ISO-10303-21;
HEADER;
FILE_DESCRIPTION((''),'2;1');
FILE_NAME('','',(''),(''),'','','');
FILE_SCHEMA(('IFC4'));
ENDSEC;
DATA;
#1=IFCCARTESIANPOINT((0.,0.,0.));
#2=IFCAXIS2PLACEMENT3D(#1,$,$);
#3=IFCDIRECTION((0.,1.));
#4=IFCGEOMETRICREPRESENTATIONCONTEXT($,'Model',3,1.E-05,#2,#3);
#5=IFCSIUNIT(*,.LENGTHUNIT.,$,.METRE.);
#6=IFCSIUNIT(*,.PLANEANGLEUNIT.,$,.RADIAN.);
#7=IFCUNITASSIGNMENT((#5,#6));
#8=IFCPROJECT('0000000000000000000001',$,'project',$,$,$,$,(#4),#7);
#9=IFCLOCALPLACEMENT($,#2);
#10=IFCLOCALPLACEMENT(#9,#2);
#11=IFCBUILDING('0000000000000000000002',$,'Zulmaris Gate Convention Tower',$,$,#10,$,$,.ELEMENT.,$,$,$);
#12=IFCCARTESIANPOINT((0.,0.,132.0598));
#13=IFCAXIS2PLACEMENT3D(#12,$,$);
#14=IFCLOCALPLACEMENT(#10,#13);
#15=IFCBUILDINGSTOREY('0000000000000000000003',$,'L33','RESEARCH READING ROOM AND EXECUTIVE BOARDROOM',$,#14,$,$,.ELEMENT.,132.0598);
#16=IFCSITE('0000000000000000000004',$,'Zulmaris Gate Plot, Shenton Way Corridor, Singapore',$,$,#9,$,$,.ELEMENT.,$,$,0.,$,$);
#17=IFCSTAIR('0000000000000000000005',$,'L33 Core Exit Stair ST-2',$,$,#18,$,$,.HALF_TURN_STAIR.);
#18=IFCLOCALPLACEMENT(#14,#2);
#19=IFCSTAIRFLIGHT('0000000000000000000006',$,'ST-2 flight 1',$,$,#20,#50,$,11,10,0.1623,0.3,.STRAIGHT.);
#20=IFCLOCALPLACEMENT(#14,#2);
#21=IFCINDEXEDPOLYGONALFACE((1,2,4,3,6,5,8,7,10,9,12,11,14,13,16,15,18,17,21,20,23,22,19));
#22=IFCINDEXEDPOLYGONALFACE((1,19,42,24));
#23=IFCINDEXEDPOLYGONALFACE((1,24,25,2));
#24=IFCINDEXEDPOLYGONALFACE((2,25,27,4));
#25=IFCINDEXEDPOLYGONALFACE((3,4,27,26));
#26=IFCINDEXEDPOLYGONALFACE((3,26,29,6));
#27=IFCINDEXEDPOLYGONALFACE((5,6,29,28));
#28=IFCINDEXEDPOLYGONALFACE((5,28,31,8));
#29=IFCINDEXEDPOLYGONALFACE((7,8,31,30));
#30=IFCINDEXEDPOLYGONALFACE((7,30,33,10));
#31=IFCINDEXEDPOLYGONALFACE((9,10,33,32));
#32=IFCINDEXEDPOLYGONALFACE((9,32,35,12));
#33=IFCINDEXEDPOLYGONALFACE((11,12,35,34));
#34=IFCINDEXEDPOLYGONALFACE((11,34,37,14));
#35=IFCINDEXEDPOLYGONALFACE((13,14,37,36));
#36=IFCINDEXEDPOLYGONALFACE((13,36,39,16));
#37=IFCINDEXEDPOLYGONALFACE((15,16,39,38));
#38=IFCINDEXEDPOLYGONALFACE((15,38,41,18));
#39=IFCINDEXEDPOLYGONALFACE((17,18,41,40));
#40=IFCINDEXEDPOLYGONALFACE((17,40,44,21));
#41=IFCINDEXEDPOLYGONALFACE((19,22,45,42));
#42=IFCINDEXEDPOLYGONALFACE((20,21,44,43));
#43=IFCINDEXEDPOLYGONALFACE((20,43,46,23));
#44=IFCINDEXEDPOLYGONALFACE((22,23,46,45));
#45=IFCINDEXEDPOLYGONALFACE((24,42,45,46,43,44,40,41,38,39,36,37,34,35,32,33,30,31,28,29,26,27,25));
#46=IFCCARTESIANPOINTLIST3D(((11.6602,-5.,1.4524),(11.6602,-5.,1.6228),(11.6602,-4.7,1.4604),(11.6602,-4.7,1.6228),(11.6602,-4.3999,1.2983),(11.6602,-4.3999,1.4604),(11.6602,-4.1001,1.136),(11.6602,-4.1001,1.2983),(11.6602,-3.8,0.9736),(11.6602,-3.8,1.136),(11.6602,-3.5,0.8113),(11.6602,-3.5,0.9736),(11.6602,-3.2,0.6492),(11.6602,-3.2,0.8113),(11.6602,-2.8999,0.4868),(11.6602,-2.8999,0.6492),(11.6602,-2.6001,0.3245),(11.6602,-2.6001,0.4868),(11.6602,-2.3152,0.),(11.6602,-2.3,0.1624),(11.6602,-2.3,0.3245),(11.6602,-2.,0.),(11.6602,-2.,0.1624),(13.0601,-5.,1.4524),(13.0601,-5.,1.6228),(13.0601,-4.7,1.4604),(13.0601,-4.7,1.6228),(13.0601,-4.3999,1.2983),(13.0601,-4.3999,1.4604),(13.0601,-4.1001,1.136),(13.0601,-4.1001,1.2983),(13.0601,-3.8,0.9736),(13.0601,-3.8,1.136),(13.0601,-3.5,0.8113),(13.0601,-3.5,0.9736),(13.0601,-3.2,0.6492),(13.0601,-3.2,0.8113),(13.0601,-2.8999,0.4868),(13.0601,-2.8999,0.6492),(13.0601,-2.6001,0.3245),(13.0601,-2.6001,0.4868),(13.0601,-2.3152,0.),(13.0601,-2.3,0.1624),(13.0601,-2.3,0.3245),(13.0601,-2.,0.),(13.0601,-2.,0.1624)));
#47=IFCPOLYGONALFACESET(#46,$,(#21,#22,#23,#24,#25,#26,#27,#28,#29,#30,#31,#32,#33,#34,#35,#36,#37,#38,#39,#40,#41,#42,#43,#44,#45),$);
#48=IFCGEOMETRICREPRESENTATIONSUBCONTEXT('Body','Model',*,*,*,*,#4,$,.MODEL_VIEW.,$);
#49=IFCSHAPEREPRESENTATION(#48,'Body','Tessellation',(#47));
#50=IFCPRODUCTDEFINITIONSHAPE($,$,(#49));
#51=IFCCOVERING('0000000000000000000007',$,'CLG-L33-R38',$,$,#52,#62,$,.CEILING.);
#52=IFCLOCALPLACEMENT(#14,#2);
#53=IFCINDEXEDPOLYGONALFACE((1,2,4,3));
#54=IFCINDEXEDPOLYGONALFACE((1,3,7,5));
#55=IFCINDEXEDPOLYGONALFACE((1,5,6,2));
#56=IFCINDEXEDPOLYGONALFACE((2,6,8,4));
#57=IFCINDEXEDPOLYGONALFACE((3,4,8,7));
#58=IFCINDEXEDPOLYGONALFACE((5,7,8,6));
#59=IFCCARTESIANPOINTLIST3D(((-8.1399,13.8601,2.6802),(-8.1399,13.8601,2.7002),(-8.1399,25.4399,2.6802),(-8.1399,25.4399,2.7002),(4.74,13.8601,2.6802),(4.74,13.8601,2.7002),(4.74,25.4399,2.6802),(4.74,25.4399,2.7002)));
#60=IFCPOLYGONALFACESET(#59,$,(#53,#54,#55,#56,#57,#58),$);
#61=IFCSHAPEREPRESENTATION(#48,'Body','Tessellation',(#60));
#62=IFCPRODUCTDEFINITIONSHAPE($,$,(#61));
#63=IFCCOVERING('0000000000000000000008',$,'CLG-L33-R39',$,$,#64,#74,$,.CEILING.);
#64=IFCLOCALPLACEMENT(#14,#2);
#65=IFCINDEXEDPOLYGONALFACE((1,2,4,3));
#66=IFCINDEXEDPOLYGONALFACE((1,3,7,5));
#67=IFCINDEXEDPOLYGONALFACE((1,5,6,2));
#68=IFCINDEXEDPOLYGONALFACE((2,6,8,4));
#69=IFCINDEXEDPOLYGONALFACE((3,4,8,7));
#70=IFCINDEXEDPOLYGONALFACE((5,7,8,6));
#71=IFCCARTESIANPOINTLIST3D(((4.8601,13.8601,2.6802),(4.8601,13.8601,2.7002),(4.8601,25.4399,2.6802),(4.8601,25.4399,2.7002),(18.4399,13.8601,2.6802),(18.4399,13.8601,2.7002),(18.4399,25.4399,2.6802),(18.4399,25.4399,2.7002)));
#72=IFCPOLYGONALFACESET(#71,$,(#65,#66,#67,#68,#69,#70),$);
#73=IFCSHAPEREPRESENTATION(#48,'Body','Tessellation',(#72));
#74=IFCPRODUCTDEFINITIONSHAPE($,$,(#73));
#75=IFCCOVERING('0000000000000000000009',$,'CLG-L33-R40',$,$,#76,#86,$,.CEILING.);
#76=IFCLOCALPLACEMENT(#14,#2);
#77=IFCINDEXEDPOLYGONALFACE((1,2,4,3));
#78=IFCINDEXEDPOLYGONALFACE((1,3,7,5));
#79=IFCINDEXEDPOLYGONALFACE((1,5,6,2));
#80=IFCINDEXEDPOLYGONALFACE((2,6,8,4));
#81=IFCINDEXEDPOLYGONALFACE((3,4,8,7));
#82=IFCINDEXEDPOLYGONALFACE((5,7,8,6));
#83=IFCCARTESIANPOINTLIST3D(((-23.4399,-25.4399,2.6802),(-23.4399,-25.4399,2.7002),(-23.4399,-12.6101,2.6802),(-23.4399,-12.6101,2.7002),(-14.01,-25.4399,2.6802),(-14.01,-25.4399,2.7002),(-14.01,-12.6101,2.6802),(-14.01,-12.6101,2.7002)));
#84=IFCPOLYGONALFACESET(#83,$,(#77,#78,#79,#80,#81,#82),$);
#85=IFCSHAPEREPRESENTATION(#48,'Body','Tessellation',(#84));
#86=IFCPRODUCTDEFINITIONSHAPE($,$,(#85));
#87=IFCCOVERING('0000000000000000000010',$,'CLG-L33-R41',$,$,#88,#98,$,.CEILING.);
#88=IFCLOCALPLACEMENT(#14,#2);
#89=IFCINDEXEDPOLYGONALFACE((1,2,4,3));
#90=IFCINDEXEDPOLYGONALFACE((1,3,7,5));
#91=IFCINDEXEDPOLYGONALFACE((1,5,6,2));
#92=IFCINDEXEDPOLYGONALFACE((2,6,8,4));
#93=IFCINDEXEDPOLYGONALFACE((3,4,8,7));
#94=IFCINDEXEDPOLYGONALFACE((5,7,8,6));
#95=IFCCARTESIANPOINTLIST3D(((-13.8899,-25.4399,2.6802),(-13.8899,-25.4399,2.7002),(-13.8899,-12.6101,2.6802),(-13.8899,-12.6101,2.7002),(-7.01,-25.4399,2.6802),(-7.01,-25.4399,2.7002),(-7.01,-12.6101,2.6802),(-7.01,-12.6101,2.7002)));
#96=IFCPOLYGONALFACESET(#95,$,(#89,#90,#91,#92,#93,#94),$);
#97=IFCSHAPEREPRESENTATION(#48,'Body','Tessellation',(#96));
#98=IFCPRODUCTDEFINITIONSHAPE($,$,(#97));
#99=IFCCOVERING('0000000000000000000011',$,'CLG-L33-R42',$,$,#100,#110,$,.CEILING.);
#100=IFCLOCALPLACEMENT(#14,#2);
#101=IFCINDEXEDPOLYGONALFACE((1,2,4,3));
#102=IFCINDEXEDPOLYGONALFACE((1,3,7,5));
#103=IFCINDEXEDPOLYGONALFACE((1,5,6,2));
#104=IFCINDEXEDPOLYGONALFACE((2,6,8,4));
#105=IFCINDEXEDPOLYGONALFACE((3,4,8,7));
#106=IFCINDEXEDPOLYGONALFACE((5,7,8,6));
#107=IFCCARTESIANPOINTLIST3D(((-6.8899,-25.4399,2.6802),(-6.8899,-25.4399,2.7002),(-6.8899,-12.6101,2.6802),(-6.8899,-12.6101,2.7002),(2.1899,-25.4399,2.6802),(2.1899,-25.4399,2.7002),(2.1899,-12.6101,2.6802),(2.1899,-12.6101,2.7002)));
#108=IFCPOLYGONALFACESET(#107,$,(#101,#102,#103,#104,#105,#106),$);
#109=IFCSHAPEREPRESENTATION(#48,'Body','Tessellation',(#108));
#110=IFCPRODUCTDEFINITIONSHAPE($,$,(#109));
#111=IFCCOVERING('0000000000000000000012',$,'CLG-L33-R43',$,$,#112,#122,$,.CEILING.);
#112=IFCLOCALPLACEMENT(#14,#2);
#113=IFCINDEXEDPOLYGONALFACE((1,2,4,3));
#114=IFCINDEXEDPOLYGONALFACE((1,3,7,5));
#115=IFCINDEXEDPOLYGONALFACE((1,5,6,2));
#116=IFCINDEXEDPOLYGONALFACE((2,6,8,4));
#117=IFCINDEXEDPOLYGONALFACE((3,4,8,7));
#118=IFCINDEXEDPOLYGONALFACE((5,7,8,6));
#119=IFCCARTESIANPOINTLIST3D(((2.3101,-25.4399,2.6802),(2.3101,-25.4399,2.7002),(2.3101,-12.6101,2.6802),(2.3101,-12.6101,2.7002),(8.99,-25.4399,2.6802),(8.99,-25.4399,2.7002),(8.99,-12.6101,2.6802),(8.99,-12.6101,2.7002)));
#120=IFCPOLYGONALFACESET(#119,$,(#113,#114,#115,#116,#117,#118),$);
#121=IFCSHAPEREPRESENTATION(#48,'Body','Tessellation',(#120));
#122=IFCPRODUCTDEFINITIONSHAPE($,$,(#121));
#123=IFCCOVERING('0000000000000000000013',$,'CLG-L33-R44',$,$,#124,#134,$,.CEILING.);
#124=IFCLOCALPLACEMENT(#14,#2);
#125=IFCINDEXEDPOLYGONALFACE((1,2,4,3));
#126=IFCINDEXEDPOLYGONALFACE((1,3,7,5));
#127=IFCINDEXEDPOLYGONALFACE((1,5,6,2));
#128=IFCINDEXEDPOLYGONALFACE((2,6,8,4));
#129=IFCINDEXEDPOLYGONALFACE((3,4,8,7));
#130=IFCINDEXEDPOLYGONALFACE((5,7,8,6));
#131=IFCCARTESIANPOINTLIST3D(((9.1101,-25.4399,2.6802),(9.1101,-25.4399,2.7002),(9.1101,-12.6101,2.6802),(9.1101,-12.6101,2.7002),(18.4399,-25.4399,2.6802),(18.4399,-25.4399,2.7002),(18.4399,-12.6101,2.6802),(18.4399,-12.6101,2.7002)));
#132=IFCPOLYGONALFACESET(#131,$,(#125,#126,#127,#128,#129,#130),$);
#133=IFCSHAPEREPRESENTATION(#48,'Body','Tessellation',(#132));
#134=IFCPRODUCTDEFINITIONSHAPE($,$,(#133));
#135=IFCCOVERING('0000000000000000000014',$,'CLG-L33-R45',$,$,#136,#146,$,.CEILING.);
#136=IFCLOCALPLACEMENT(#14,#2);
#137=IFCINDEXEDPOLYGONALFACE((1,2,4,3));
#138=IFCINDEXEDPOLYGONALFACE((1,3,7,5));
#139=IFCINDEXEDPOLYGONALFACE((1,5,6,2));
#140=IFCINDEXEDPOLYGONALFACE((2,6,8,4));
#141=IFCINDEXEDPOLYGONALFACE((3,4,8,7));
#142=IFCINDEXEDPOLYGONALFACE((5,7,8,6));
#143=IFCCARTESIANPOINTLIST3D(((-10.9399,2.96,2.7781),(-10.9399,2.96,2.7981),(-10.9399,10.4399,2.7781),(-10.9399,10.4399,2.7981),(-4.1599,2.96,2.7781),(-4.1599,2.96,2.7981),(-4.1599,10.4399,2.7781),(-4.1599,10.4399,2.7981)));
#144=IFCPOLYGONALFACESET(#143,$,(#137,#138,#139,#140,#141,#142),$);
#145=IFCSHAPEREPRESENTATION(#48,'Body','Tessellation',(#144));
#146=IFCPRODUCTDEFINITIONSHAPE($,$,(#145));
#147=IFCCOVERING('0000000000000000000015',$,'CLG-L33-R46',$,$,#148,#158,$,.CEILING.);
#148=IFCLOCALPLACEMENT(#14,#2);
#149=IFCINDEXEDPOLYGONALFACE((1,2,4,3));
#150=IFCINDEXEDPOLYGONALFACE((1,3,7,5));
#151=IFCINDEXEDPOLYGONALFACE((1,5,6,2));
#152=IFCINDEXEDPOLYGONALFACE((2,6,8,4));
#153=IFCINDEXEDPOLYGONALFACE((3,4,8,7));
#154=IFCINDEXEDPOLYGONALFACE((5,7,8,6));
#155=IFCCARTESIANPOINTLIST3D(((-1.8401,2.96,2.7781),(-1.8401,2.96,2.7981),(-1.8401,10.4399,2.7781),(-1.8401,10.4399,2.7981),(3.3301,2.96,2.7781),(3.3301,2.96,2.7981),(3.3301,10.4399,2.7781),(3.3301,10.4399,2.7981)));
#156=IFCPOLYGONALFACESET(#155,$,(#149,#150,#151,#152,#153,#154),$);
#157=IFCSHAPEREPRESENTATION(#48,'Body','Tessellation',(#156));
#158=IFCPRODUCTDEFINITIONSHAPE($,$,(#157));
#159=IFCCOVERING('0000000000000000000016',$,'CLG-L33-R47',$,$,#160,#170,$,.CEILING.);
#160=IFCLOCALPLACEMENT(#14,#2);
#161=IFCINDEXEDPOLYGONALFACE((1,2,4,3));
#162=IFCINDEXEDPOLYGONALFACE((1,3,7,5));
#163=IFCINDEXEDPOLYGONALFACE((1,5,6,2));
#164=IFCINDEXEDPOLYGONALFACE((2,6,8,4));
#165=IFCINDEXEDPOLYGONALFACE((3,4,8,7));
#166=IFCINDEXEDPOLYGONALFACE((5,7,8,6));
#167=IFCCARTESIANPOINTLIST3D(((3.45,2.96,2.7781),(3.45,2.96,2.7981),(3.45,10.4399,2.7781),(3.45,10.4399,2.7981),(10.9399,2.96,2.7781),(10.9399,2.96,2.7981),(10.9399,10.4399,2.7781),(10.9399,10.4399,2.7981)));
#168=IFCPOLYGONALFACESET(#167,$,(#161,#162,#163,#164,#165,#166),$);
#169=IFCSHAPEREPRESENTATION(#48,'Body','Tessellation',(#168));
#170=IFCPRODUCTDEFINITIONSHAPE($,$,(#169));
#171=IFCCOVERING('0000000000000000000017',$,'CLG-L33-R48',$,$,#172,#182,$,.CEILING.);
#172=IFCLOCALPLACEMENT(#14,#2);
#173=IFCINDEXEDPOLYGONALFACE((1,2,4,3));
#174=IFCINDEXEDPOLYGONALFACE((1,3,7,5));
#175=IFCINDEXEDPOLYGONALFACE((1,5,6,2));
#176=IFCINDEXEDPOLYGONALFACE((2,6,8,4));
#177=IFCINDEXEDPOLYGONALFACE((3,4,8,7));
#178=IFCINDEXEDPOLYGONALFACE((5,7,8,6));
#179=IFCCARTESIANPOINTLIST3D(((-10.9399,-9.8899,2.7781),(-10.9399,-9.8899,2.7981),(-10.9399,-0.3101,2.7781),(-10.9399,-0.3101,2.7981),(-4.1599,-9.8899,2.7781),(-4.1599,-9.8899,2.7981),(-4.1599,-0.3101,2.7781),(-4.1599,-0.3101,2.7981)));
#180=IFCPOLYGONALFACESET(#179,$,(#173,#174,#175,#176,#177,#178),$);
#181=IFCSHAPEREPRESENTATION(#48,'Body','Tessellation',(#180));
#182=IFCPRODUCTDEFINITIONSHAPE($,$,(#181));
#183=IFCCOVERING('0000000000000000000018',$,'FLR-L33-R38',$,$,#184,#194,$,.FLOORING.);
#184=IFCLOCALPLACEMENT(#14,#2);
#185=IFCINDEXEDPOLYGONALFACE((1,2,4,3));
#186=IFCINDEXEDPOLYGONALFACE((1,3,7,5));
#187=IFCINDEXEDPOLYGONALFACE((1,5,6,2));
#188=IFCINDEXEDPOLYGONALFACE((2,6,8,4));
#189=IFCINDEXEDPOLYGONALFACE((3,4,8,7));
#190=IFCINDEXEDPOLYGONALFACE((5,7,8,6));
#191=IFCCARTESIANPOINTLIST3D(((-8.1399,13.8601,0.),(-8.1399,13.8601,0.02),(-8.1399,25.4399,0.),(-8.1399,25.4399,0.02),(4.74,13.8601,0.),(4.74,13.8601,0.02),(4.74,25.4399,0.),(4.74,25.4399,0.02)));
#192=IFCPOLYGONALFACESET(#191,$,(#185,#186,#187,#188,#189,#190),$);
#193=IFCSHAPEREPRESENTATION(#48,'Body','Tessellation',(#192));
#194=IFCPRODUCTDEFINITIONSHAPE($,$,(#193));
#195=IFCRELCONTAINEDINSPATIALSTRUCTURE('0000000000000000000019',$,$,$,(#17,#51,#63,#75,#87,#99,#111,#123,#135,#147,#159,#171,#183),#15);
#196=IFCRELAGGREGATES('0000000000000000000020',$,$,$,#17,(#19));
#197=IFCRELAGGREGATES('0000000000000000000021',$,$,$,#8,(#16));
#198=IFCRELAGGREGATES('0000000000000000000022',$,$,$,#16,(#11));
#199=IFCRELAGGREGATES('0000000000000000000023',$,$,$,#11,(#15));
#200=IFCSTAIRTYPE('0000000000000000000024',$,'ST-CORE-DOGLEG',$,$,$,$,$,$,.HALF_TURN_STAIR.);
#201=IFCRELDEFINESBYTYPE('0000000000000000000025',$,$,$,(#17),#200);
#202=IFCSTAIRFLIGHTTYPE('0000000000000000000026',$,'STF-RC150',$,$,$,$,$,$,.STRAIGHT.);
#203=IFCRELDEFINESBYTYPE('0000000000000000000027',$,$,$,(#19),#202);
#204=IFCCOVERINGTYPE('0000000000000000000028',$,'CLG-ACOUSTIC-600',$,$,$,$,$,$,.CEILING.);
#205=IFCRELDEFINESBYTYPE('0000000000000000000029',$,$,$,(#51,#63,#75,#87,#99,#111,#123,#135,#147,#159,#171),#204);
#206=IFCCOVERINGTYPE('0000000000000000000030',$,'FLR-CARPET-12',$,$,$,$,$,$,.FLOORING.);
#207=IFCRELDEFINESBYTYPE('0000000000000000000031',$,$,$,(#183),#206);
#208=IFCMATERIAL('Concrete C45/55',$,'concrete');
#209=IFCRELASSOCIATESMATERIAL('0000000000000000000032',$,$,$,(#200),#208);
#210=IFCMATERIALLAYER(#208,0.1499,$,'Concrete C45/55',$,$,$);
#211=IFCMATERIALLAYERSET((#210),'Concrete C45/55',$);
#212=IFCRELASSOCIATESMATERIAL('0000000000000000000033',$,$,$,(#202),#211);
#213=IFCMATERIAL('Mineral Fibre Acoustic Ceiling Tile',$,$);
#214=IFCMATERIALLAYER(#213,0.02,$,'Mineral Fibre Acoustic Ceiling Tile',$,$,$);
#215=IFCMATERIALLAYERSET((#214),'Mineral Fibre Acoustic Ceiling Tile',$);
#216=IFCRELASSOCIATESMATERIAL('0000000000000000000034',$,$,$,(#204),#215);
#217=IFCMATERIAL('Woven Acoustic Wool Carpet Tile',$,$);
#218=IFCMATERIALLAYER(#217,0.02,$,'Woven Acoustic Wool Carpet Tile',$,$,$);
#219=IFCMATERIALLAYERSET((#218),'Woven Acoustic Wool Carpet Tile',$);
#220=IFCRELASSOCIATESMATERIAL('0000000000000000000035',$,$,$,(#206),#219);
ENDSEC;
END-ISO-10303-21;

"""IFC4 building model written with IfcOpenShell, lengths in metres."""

from ifc_helpers import new_model, si_unit, direction, frame, origin, place, context, subcontext, project, spatial, polyline, outline, extrude, material, layer, layer_set, type_object, element, aggregate, save


model = new_model("IFC4")

# Units and contexts
model_context = context("Model", 3, precision=1e-05, world=origin(), true_north=direction((0.0, 1.0)))
body_context = subcontext(model_context, "Body", "Model", "MODEL_VIEW")
ifc_project = project(units=[si_unit("LENGTHUNIT", "METRE"), si_unit("PLANEANGLEUNIT", "RADIAN")], contexts=[model_context])

# Site, building, storey
site_placement = place(None, origin())
site = spatial("IfcSite", under=ifc_project, at=site_placement, Name="Zulmaris Gate Plot, Shenton Way Corridor, Singapore", CompositionType="ELEMENT", RefElevation=0.0)
building_placement = place(site_placement, origin())
building = spatial("IfcBuilding", under=site, at=building_placement, Name="Zulmaris Gate Convention Tower", CompositionType="ELEMENT")
storey_placement = place(building_placement, frame((0.0, 0.0, 132.0598)))
storey = spatial("IfcBuildingStorey", under=building, at=storey_placement, Name="L33", Description="RESEARCH READING ROOM AND EXECUTIVE BOARDROOM", CompositionType="ELEMENT", Elevation=132.0598)

# Stair, stair flight
ifc_material_1 = material(Name="Concrete C45/55", Category="concrete")
stair_type = type_object("IfcStairType", Name="ST-CORE-DOGLEG", PredefinedType="HALF_TURN_STAIR", material=ifc_material_1)
stair_placement = place(storey_placement, origin())
stair = element("IfcStair", 1, at=stair_placement, inside=storey, type_object=stair_type, Name="L33 Core Exit Stair ST-2", PredefinedType="HALF_TURN_STAIR")
ifc_layer_1 = layer(ifc_material_1, 0.1499, Name="Concrete C45/55")
ifc_layer_set_1 = layer_set([ifc_layer_1], Name="Concrete C45/55")
stair_flight_type = type_object("IfcStairFlightType", Name="STF-RC150", PredefinedType="STRAIGHT", material=ifc_layer_set_1)
stair_flight_placement = place(storey_placement, frame((12.3601, -2.0, 0.0), z_axis=(0.0, 0.0, 1.0), x_axis=(0.0, -1.0, 0.0)))
stair_flight = element("IfcStairFlight", 2, at=stair_flight_placement, type_object=stair_flight_type, Name="ST-2 flight 1", NumberOfRisers=11, NumberOfTreads=10, PredefinedType="STRAIGHT", RiserHeight=0.1623, TreadLength=0.3, context=body_context, shape_type="SweptSolid", body=[
    extrude(outline(polyline([(0.0, 0.0), (0.0, 0.1624), (0.3, 0.1624), (0.3, 0.3245), (0.6001, 0.3245), (0.6001, 0.4868), (0.8999, 0.4868), (0.8999, 0.6492), (1.2, 0.6492), (1.2, 0.8113), (1.5, 0.8113), (1.5, 0.9736), (1.8, 0.9736), (1.8, 1.136), (2.1001, 1.136), (2.1001, 1.2983), (2.3999, 1.2983), (2.3999, 1.4604), (2.7, 1.4604), (2.7, 1.6228), (3.0, 1.6228), (3.0, 1.7852), (3.0, 1.4524), (0.3152, 0.0), (0.0, 0.0)])), frame((0.0, 0.7, 0.0), z_axis=(0.0, -1.0, 0.0), x_axis=(1.0, 0.0, 0.0)), (0.0, 0.0, 1.0), 1.3999),
])
aggregate(stair, [stair_flight])

# Coverings
ifc_material_2 = material(Name="Mineral Fibre Acoustic Ceiling Tile")
ifc_layer_2 = layer(ifc_material_2, 0.02, Name="Mineral Fibre Acoustic Ceiling Tile")
ifc_layer_set_2 = layer_set([ifc_layer_2], Name="Mineral Fibre Acoustic Ceiling Tile")
covering_type_1 = type_object("IfcCoveringType", Name="CLG-ACOUSTIC-600", PredefinedType="CEILING", material=ifc_layer_set_2)
covering_1_placement = place(storey_placement, frame((0.0, 0.0, 2.6802)))
element("IfcCovering", 3, at=covering_1_placement, inside=storey, type_object=covering_type_1, Name="CLG-L33-R38", PredefinedType="CEILING", context=body_context, shape_type="SweptSolid", body=[
    extrude(outline(polyline([(-8.1399, 13.8601), (4.74, 13.8601), (4.74, 25.4399), (-8.1399, 25.4399), (-8.1399, 13.8601)])), origin(), (0.0, 0.0, 1.0), 0.02),
])
covering_2_placement = place(storey_placement, frame((0.0, 0.0, 2.6802)))
element("IfcCovering", 4, at=covering_2_placement, inside=storey, type_object=covering_type_1, Name="CLG-L33-R39", PredefinedType="CEILING", context=body_context, shape_type="SweptSolid", body=[
    extrude(outline(polyline([(4.8601, 13.8601), (18.4399, 13.8601), (18.4399, 25.4399), (4.8601, 25.4399), (4.8601, 13.8601)])), origin(), (0.0, 0.0, 1.0), 0.02),
])
covering_3_placement = place(storey_placement, frame((0.0, 0.0, 2.6802)))
element("IfcCovering", 5, at=covering_3_placement, inside=storey, type_object=covering_type_1, Name="CLG-L33-R40", PredefinedType="CEILING", context=body_context, shape_type="SweptSolid", body=[
    extrude(outline(polyline([(-23.4399, -25.4399), (-14.01, -25.4399), (-14.01, -12.6101), (-23.4399, -12.6101), (-23.4399, -25.4399)])), origin(), (0.0, 0.0, 1.0), 0.02),
])
covering_4_placement = place(storey_placement, frame((0.0, 0.0, 2.6802)))
element("IfcCovering", 6, at=covering_4_placement, inside=storey, type_object=covering_type_1, Name="CLG-L33-R41", PredefinedType="CEILING", context=body_context, shape_type="SweptSolid", body=[
    extrude(outline(polyline([(-13.8899, -25.4399), (-7.01, -25.4399), (-7.01, -12.6101), (-13.8899, -12.6101), (-13.8899, -25.4399)])), origin(), (0.0, 0.0, 1.0), 0.02),
])
covering_5_placement = place(storey_placement, frame((0.0, 0.0, 2.6802)))
element("IfcCovering", 7, at=covering_5_placement, inside=storey, type_object=covering_type_1, Name="CLG-L33-R42", PredefinedType="CEILING", context=body_context, shape_type="SweptSolid", body=[
    extrude(outline(polyline([(-6.8899, -25.4399), (2.1899, -25.4399), (2.1899, -12.6101), (-6.8899, -12.6101), (-6.8899, -25.4399)])), origin(), (0.0, 0.0, 1.0), 0.02),
])
covering_6_placement = place(storey_placement, frame((0.0, 0.0, 2.6802)))
element("IfcCovering", 8, at=covering_6_placement, inside=storey, type_object=covering_type_1, Name="CLG-L33-R43", PredefinedType="CEILING", context=body_context, shape_type="SweptSolid", body=[
    extrude(outline(polyline([(2.3101, -25.4399), (8.99, -25.4399), (8.99, -12.6101), (2.3101, -12.6101), (2.3101, -25.4399)])), origin(), (0.0, 0.0, 1.0), 0.02),
])
covering_7_placement = place(storey_placement, frame((0.0, 0.0, 2.6802)))
element("IfcCovering", 9, at=covering_7_placement, inside=storey, type_object=covering_type_1, Name="CLG-L33-R44", PredefinedType="CEILING", context=body_context, shape_type="SweptSolid", body=[
    extrude(outline(polyline([(9.1101, -25.4399), (18.4399, -25.4399), (18.4399, -12.6101), (9.1101, -12.6101), (9.1101, -25.4399)])), origin(), (0.0, 0.0, 1.0), 0.02),
])
covering_8_placement = place(storey_placement, frame((0.0, 0.0, 2.7781)))
element("IfcCovering", 10, at=covering_8_placement, inside=storey, type_object=covering_type_1, Name="CLG-L33-R45", PredefinedType="CEILING", context=body_context, shape_type="SweptSolid", body=[
    extrude(outline(polyline([(-10.9399, 2.96), (-4.1599, 2.96), (-4.1599, 10.4399), (-10.9399, 10.4399), (-10.9399, 2.96)])), origin(), (0.0, 0.0, 1.0), 0.02),
])
covering_9_placement = place(storey_placement, frame((0.0, 0.0, 2.7781)))
element("IfcCovering", 11, at=covering_9_placement, inside=storey, type_object=covering_type_1, Name="CLG-L33-R46", PredefinedType="CEILING", context=body_context, shape_type="SweptSolid", body=[
    extrude(outline(polyline([(-1.8401, 2.96), (3.3301, 2.96), (3.3301, 10.4399), (-1.8401, 10.4399), (-1.8401, 2.96)])), origin(), (0.0, 0.0, 1.0), 0.02),
])
covering_10_placement = place(storey_placement, frame((0.0, 0.0, 2.7781)))
element("IfcCovering", 12, at=covering_10_placement, inside=storey, type_object=covering_type_1, Name="CLG-L33-R47", PredefinedType="CEILING", context=body_context, shape_type="SweptSolid", body=[
    extrude(outline(polyline([(3.45, 2.96), (10.9399, 2.96), (10.9399, 10.4399), (3.45, 10.4399), (3.45, 2.96)])), origin(), (0.0, 0.0, 1.0), 0.02),
])
covering_11_placement = place(storey_placement, frame((0.0, 0.0, 2.7781)))
element("IfcCovering", 13, at=covering_11_placement, inside=storey, type_object=covering_type_1, Name="CLG-L33-R48", PredefinedType="CEILING", context=body_context, shape_type="SweptSolid", body=[
    extrude(outline(polyline([(-10.9399, -9.8899), (-4.1599, -9.8899), (-4.1599, -0.3101), (-10.9399, -0.3101), (-10.9399, -9.8899)])), origin(), (0.0, 0.0, 1.0), 0.02),
])
ifc_material_3 = material(Name="Woven Acoustic Wool Carpet Tile")
ifc_layer_3 = layer(ifc_material_3, 0.02, Name="Woven Acoustic Wool Carpet Tile")
ifc_layer_set_3 = layer_set([ifc_layer_3], Name="Woven Acoustic Wool Carpet Tile")
covering_type_2 = type_object("IfcCoveringType", Name="FLR-CARPET-12", PredefinedType="FLOORING", material=ifc_layer_set_3)
covering_12_placement = place(storey_placement, origin())
element("IfcCovering", 14, at=covering_12_placement, inside=storey, type_object=covering_type_2, Name="FLR-L33-R38", PredefinedType="FLOORING", context=body_context, shape_type="SweptSolid", body=[
    extrude(outline(polyline([(-8.1399, 13.8601), (4.74, 13.8601), (4.74, 25.4399), (-8.1399, 25.4399), (-8.1399, 13.8601)])), origin(), (0.0, 0.0, 1.0), 0.02),
])

save(model, "model.ifc")
